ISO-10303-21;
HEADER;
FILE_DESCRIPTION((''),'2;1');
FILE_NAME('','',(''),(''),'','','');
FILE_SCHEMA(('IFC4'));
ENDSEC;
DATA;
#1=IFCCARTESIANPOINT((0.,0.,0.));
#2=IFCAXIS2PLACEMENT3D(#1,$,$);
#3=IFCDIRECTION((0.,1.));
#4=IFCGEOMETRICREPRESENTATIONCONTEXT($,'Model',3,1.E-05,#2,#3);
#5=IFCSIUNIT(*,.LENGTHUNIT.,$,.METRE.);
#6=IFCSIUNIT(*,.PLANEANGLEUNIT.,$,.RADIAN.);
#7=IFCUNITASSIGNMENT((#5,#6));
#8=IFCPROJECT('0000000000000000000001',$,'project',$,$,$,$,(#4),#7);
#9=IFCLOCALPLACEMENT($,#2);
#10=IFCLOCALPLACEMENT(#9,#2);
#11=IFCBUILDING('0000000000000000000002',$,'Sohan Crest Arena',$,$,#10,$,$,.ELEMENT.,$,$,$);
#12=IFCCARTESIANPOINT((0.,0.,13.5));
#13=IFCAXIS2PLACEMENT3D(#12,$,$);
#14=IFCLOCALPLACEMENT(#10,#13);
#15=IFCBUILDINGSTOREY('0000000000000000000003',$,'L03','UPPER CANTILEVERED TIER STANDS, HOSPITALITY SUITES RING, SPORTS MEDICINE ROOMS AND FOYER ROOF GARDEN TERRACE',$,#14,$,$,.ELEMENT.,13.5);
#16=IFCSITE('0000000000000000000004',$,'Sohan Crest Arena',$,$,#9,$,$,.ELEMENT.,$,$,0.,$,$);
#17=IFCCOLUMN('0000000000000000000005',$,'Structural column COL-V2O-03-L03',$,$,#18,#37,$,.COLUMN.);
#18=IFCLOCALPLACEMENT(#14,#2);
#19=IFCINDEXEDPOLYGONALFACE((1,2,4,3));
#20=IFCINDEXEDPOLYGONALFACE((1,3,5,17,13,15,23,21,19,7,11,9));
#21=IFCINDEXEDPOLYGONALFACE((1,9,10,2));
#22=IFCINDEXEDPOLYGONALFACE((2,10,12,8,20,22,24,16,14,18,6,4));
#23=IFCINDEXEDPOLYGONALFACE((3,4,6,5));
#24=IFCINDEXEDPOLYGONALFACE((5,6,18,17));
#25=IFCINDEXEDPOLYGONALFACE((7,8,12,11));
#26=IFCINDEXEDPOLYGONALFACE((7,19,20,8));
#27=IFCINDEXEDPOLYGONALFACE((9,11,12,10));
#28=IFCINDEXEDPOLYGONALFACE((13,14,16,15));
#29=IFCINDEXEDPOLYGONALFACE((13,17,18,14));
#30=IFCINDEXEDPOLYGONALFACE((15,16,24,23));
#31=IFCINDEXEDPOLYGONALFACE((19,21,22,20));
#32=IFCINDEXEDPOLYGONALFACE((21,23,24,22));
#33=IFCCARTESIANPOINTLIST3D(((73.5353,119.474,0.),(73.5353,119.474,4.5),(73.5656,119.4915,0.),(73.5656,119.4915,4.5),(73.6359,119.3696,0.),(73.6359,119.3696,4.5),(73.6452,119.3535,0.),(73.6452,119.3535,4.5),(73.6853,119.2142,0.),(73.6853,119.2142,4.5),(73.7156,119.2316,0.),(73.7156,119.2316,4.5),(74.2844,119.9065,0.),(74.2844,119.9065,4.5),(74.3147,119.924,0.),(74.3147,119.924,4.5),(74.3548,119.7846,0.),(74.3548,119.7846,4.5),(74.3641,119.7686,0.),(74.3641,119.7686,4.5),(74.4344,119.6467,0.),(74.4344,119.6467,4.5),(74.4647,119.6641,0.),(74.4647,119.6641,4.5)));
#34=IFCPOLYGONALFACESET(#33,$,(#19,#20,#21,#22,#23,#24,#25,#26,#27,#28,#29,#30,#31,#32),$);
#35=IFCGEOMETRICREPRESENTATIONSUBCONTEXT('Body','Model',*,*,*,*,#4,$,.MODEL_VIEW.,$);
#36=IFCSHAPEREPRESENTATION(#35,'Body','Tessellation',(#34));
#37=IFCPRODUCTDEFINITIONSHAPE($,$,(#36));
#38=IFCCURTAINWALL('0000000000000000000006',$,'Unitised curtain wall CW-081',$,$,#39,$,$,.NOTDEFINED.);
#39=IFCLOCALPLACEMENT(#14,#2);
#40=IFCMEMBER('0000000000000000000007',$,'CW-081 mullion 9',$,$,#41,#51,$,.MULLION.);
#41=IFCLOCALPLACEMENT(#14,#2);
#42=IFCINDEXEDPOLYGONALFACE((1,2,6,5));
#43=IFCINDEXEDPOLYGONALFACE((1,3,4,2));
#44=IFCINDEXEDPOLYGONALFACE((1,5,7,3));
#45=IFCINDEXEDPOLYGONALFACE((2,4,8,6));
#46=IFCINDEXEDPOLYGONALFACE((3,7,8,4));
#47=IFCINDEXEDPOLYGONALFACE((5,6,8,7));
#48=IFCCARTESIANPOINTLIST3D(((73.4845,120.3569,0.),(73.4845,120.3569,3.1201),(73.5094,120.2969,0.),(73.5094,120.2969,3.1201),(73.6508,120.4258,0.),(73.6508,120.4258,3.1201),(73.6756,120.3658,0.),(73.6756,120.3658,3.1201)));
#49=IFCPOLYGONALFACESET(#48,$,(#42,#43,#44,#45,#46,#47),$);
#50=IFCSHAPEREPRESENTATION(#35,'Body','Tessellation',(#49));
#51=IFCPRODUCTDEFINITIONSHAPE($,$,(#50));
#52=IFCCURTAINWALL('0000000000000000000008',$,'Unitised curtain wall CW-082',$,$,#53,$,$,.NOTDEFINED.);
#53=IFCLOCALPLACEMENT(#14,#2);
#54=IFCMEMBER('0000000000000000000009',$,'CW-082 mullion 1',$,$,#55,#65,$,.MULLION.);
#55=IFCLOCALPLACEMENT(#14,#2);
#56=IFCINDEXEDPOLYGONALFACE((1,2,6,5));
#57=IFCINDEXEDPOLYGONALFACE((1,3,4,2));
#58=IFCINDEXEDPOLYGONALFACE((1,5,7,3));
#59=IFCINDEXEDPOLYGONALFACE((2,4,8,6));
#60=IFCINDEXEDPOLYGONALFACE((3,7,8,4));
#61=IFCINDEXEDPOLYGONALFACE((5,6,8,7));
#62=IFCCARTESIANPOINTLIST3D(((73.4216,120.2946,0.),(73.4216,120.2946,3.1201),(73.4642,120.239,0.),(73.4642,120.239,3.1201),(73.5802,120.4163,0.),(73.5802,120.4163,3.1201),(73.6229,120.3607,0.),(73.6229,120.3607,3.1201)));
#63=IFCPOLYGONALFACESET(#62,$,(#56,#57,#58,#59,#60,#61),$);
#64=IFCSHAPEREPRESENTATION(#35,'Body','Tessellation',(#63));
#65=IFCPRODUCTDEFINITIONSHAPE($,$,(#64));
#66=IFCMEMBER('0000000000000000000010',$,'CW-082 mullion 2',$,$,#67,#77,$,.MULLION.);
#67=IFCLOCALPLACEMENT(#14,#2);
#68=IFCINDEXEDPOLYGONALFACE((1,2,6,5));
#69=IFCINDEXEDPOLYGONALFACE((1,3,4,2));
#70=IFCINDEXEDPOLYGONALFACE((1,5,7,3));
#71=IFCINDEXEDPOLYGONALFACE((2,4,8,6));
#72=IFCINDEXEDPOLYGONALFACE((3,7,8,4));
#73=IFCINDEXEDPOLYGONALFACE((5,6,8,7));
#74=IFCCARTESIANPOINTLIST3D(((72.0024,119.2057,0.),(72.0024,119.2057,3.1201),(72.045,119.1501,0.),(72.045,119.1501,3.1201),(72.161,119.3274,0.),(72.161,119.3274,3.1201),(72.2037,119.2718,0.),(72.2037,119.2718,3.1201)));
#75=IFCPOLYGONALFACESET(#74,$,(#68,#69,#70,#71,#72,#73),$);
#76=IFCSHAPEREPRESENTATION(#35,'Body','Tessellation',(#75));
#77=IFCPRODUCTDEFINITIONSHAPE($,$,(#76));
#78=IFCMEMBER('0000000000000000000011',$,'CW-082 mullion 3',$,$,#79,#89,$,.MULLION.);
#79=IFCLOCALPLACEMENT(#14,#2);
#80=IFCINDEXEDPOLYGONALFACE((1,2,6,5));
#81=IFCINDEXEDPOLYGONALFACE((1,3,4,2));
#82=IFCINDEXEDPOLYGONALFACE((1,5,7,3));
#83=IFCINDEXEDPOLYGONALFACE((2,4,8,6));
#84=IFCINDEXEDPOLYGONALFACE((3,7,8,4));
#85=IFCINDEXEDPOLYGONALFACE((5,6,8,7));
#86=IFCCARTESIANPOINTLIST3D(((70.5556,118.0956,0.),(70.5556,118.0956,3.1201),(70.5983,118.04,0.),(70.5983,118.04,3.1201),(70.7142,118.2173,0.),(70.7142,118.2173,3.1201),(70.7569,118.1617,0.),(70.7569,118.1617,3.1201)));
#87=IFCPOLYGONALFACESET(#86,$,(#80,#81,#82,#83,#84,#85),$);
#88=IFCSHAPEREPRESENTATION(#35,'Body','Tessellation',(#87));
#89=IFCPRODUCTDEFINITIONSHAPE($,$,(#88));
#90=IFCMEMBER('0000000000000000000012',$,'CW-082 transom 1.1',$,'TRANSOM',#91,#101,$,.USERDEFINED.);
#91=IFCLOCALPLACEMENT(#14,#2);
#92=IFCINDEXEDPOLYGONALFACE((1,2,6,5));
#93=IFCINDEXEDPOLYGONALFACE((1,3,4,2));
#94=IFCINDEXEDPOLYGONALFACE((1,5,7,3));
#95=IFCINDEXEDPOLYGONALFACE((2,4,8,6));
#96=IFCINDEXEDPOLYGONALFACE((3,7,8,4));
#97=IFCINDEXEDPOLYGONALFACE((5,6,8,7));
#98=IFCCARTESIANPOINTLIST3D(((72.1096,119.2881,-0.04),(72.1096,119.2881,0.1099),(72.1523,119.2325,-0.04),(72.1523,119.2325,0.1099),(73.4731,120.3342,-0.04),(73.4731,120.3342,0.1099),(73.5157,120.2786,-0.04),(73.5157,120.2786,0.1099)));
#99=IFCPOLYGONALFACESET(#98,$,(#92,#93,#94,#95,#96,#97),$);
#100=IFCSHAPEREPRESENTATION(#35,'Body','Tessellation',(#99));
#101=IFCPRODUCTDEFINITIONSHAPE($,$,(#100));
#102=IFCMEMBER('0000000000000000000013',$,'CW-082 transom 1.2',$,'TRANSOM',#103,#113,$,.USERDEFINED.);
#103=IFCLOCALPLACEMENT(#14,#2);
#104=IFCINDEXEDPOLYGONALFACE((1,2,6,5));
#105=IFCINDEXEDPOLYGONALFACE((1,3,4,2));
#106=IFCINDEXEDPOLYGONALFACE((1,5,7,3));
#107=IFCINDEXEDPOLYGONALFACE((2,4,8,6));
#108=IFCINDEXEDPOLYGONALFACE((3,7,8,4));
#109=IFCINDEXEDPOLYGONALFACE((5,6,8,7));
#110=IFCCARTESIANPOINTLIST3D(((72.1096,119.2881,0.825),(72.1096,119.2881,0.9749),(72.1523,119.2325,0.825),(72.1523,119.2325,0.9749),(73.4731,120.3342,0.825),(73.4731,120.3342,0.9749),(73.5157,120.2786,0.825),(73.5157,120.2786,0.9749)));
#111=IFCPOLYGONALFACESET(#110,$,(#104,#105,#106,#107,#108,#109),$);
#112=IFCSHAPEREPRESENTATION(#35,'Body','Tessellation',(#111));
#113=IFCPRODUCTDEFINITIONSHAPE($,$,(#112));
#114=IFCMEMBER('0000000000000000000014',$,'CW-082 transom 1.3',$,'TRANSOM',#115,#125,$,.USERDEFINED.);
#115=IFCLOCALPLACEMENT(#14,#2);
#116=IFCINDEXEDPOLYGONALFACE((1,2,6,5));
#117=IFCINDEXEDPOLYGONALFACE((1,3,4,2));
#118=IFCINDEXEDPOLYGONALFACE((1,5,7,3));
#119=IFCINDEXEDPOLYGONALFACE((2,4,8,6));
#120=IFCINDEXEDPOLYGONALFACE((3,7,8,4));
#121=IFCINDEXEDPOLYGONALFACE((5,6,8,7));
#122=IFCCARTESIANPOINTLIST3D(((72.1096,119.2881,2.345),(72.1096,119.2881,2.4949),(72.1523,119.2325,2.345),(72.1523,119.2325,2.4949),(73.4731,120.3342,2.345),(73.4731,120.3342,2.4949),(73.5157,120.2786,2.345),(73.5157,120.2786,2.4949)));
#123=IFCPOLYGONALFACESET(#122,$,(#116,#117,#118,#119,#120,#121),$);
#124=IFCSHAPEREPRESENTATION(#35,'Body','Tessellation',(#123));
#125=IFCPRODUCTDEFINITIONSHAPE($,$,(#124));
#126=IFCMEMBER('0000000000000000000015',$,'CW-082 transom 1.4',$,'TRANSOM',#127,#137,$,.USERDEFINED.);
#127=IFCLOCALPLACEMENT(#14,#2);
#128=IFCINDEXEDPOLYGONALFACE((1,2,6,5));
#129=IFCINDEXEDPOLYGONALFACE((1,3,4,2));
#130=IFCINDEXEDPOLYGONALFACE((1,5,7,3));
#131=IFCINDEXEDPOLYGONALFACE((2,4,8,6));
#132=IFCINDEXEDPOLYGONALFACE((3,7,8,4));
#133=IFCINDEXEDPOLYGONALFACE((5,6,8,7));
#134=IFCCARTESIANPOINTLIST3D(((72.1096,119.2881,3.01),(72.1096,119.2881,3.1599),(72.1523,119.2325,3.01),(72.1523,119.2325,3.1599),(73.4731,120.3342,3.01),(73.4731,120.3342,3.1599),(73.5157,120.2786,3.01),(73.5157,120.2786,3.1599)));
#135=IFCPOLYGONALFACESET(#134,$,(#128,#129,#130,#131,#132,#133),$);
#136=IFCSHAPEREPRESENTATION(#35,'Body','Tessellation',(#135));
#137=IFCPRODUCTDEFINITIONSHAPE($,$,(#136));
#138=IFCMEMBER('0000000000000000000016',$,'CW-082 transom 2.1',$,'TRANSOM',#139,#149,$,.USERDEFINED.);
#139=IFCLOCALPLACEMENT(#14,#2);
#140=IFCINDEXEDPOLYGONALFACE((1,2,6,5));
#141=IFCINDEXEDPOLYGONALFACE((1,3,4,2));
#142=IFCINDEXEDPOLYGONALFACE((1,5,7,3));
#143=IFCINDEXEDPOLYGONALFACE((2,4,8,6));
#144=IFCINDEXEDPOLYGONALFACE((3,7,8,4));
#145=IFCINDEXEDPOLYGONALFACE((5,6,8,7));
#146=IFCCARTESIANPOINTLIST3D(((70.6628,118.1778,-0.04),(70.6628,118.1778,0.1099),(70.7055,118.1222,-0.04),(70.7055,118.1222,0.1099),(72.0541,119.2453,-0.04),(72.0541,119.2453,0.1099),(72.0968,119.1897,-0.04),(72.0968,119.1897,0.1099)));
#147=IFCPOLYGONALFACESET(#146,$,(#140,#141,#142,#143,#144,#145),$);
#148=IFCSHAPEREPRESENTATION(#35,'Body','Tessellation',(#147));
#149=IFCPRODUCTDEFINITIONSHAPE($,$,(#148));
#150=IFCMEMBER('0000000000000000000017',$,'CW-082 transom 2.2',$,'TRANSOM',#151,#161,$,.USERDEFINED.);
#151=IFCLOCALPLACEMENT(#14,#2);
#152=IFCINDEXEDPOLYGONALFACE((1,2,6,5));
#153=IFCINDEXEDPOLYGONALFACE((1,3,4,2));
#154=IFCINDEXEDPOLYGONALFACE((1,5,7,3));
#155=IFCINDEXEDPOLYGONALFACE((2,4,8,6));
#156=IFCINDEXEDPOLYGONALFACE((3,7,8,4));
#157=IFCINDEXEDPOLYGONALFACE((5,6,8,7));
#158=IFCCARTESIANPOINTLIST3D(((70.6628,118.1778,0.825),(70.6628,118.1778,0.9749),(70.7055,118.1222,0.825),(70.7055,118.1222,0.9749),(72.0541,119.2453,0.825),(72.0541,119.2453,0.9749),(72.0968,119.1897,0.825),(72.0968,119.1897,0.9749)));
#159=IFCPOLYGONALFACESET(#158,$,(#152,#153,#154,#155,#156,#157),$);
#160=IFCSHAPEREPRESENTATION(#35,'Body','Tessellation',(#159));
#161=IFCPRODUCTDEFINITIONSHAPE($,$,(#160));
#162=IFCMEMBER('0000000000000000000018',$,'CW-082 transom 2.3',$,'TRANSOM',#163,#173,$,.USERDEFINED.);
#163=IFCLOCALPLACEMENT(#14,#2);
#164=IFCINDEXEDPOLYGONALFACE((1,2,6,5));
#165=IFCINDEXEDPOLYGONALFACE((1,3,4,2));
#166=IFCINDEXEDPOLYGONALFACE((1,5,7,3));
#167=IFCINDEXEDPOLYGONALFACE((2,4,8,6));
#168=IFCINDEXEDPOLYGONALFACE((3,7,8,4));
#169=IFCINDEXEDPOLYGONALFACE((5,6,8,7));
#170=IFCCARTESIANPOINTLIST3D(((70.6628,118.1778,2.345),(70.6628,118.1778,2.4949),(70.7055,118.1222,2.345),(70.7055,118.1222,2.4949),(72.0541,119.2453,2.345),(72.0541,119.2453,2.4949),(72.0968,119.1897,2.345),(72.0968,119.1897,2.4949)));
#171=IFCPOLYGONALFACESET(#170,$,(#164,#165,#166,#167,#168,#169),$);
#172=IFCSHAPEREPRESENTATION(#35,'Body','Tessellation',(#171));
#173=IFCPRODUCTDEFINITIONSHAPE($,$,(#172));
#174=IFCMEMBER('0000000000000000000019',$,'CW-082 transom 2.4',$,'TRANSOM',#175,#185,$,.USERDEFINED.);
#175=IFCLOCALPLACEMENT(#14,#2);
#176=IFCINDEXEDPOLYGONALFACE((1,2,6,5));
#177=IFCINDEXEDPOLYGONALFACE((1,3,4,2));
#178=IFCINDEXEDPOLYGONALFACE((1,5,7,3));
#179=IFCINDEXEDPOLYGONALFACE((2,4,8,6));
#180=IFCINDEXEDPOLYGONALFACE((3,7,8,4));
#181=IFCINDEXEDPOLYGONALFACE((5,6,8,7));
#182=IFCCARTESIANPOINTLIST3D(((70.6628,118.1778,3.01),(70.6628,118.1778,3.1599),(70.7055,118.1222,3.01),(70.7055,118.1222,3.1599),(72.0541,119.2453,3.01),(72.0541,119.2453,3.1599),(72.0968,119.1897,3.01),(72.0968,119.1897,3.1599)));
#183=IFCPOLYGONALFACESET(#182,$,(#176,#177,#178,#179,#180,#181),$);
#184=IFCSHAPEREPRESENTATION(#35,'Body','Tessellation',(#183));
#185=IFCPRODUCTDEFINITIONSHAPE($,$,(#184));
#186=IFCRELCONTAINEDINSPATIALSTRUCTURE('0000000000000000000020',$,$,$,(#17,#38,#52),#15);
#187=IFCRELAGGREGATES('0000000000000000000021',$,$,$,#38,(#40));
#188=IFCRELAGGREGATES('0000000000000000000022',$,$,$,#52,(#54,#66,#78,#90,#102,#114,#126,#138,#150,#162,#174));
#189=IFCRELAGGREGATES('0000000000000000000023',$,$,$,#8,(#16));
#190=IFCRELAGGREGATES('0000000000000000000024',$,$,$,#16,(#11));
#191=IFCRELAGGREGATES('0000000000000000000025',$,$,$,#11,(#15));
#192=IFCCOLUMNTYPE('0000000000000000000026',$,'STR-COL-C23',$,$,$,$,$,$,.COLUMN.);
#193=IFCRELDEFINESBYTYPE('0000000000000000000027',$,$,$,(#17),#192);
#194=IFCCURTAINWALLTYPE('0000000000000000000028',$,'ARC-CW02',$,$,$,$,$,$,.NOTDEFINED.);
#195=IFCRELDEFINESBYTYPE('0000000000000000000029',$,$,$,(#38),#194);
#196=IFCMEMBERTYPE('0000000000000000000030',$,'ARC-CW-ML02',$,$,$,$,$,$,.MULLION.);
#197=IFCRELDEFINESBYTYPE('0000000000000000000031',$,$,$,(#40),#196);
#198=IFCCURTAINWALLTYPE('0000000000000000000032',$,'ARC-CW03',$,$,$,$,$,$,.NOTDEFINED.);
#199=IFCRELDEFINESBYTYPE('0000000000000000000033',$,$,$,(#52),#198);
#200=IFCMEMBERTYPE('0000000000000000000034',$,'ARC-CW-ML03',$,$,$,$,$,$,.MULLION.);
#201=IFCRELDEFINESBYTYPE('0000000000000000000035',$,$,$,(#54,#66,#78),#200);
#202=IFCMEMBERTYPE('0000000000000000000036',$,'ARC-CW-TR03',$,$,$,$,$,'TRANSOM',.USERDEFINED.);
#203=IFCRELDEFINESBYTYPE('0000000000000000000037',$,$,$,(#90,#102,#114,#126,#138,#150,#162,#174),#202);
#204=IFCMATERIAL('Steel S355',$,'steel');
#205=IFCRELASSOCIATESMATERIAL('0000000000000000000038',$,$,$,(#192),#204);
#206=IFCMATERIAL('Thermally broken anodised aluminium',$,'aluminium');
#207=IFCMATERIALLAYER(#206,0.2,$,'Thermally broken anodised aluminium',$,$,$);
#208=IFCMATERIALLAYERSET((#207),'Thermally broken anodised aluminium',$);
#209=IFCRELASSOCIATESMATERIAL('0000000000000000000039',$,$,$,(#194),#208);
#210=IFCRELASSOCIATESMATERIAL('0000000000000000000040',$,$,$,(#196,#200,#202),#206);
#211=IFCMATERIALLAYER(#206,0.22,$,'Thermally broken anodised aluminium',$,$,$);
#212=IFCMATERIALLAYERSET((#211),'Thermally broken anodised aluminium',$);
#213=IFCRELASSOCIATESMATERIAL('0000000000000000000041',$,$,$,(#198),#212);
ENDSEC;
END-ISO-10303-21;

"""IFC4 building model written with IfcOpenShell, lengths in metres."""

from ifc_helpers import new_model, si_unit, direction, frame, origin, origin_2d, place, context, subcontext, project, spatial, rectangle, i_section, extrude, material, layer, layer_set, material_profile, profile_set, type_object, element, aggregate, save


model = new_model("IFC4")

# Units and contexts
model_context = context("Model", 3, precision=1e-05, world=origin(), true_north=direction((0.0, 1.0)))
body_context = subcontext(model_context, "Body", "Model", "MODEL_VIEW")
ifc_project = project(units=[si_unit("LENGTHUNIT", "METRE"), si_unit("PLANEANGLEUNIT", "RADIAN")], contexts=[model_context])

# Site, building, storey
site_placement = place(None, origin())
site = spatial("IfcSite", under=ifc_project, at=site_placement, Name="Sohan Crest Arena", CompositionType="ELEMENT", RefElevation=0.0)
building_placement = place(site_placement, origin())
building = spatial("IfcBuilding", under=site, at=building_placement, Name="Sohan Crest Arena", CompositionType="ELEMENT")
storey_placement = place(building_placement, frame((0.0, 0.0, 13.5)))
storey = spatial("IfcBuildingStorey", under=building, at=storey_placement, Name="L03", Description="UPPER CANTILEVERED TIER STANDS, HOSPITALITY SUITES RING, SPORTS MEDICINE ROOMS AND FOYER ROOF GARDEN TERRACE", CompositionType="ELEMENT", Elevation=13.5)

# Column
ifc_material_1 = material(Name="Steel S355", Category="steel")
ifc_material_profile_1 = material_profile(ifc_material_1, i_section(OverallWidth=0.3, OverallDepth=0.8999, WebThickness=0.0186, FlangeThickness=0.0349, at=origin_2d()), Name="HEB 900")
ifc_profile_set_1 = profile_set([ifc_material_profile_1], Name="Steel S355")
column_type = type_object("IfcColumnType", Name="STR-COL-C23", PredefinedType="COLUMN", material=ifc_profile_set_1)
column_placement = place(storey_placement, frame((74.0, 119.5691, 0.0), z_axis=(0.0, 0.0, 1.0), x_axis=(-0.5, 0.866025, 0.0)))
element("IfcColumn", 1, at=column_placement, inside=storey, type_object=column_type, Name="Structural column COL-V2O-03-L03", PredefinedType="COLUMN", context=body_context, shape_type="SweptSolid", body=[
    extrude(i_section(OverallWidth=0.3, OverallDepth=0.8999, WebThickness=0.0186, FlangeThickness=0.0349, at=origin_2d()), origin(), (0.0, 0.0, 1.0), 4.5),
])

# Curtain wall, member
ifc_material_2 = material(Name="Thermally broken anodised aluminium", Category="aluminium")
ifc_layer_1 = layer(ifc_material_2, 0.2, Name="Thermally broken anodised aluminium")
ifc_layer_set_1 = layer_set([ifc_layer_1], Name="Thermally broken anodised aluminium")
curtain_wall_type_1 = type_object("IfcCurtainWallType", Name="ARC-CW02", PredefinedType="NOTDEFINED", material=ifc_layer_set_1)
curtain_wall_1_placement = place(storey_placement, origin())
curtain_wall_1 = element("IfcCurtainWall", 2, at=curtain_wall_1_placement, inside=storey, type_object=curtain_wall_type_1, Name="Unitised curtain wall CW-081", PredefinedType="NOTDEFINED")
ifc_material_profile_2 = material_profile(ifc_material_2, rectangle(XDim=0.0649, YDim=0.1799, at=origin_2d()), Name="ALU-MULL 65x180")
ifc_profile_set_2 = profile_set([ifc_material_profile_2], Name="Thermally broken anodised aluminium")
member_type_1 = type_object("IfcMemberType", Name="ARC-CW-ML02", PredefinedType="MULLION", material=ifc_profile_set_2)
member_1_placement = place(storey_placement, frame((73.5801, 120.3613, 0.0), z_axis=(0.0, 0.0, 1.0), x_axis=(0.382668, -0.923886, 0.0)))
member_1 = element("IfcMember", 3, at=member_1_placement, type_object=member_type_1, Name="CW-081 mullion 9", PredefinedType="MULLION", context=body_context, shape_type="SweptSolid", body=[
    extrude(rectangle(XDim=0.0649, YDim=0.1799, at=origin_2d()), origin(), (0.0, 0.0, 1.0), 3.1201),
])

# Curtain wall, members
ifc_layer_2 = layer(ifc_material_2, 0.22, Name="Thermally broken anodised aluminium")
ifc_layer_set_2 = layer_set([ifc_layer_2], Name="Thermally broken anodised aluminium")
curtain_wall_type_2 = type_object("IfcCurtainWallType", Name="ARC-CW03", PredefinedType="NOTDEFINED", material=ifc_layer_set_2)
curtain_wall_2_placement = place(storey_placement, origin())
curtain_wall_2 = element("IfcCurtainWall", 4, at=curtain_wall_2_placement, inside=storey, type_object=curtain_wall_type_2, Name="Unitised curtain wall CW-082", PredefinedType="NOTDEFINED")
ifc_material_profile_3 = material_profile(ifc_material_2, rectangle(XDim=0.0701, YDim=0.2, at=origin_2d()), Name="ALU-MULL 70x200")
ifc_profile_set_3 = profile_set([ifc_material_profile_3], Name="Thermally broken anodised aluminium")
member_type_2 = type_object("IfcMemberType", Name="ARC-CW-ML03", PredefinedType="MULLION", material=ifc_profile_set_3)
member_2_placement = place(storey_placement, frame((73.5222, 120.3276, 0.0), z_axis=(0.0, 0.0, 1.0), x_axis=(0.608737, -0.793372, 0.0)))
member_2 = element("IfcMember", 5, at=member_2_placement, type_object=member_type_2, Name="CW-082 mullion 1", PredefinedType="MULLION", context=body_context, shape_type="SweptSolid", body=[
    extrude(rectangle(XDim=0.0701, YDim=0.2, at=origin_2d()), origin(), (0.0, 0.0, 1.0), 3.1201),
])
member_3_placement = place(storey_placement, frame((72.103, 119.2388, 0.0), z_axis=(0.0, 0.0, 1.0), x_axis=(0.608737, -0.793372, 0.0)))
member_3 = element("IfcMember", 6, at=member_3_placement, type_object=member_type_2, Name="CW-082 mullion 2", PredefinedType="MULLION", context=body_context, shape_type="SweptSolid", body=[
    extrude(rectangle(XDim=0.0701, YDim=0.2, at=origin_2d()), origin(), (0.0, 0.0, 1.0), 3.1201),
])
member_4_placement = place(storey_placement, frame((70.6562, 118.1287, 0.0), z_axis=(0.0, 0.0, 1.0), x_axis=(0.608737, -0.793372, 0.0)))
member_4 = element("IfcMember", 7, at=member_4_placement, type_object=member_type_2, Name="CW-082 mullion 3", PredefinedType="MULLION", context=body_context, shape_type="SweptSolid", body=[
    extrude(rectangle(XDim=0.0701, YDim=0.2, at=origin_2d()), origin(), (0.0, 0.0, 1.0), 3.1201),
])
ifc_material_profile_4 = material_profile(ifc_material_2, rectangle(XDim=0.0701, YDim=0.1499, at=origin_2d()), Name="ALU-TRAN 70x150")
ifc_profile_set_4 = profile_set([ifc_material_profile_4], Name="Thermally broken anodised aluminium")
member_type_3 = type_object("IfcMemberType", Name="ARC-CW-TR03", ElementType="TRANSOM", PredefinedType="USERDEFINED", material=ifc_profile_set_4)
member_5_placement = place(storey_placement, frame((73.4944, 120.3064, 0.0349), z_axis=(-0.793389, -0.608715, 0.0), x_axis=(0.608715, -0.793389, 0.0)))
member_5 = element("IfcMember", 8, at=member_5_placement, type_object=member_type_3, Name="CW-082 transom 1.1", ObjectType="TRANSOM", PredefinedType="USERDEFINED", context=body_context, shape_type="SweptSolid", body=[
    extrude(rectangle(XDim=0.0701, YDim=0.1499, at=origin_2d()), origin(), (0.0, 0.0, 1.0), 1.7185),
])
member_6_placement = place(storey_placement, frame((73.4944, 120.3064, 0.8999), z_axis=(-0.793389, -0.608715, 0.0), x_axis=(0.608715, -0.793389, 0.0)))
member_6 = element("IfcMember", 9, at=member_6_placement, type_object=member_type_3, Name="CW-082 transom 1.2", ObjectType="TRANSOM", PredefinedType="USERDEFINED", context=body_context, shape_type="SweptSolid", body=[
    extrude(rectangle(XDim=0.0701, YDim=0.1499, at=origin_2d()), origin(), (0.0, 0.0, 1.0), 1.7185),
])
member_7_placement = place(storey_placement, frame((73.4944, 120.3064, 2.4199), z_axis=(-0.793389, -0.608715, 0.0), x_axis=(0.608715, -0.793389, 0.0)))
member_7 = element("IfcMember", 10, at=member_7_placement, type_object=member_type_3, Name="CW-082 transom 1.3", ObjectType="TRANSOM", PredefinedType="USERDEFINED", context=body_context, shape_type="SweptSolid", body=[
    extrude(rectangle(XDim=0.0701, YDim=0.1499, at=origin_2d()), origin(), (0.0, 0.0, 1.0), 1.7185),
])
member_8_placement = place(storey_placement, frame((73.4944, 120.3064, 3.085), z_axis=(-0.793389, -0.608715, 0.0), x_axis=(0.608715, -0.793389, 0.0)))
member_8 = element("IfcMember", 11, at=member_8_placement, type_object=member_type_3, Name="CW-082 transom 1.4", ObjectType="TRANSOM", PredefinedType="USERDEFINED", context=body_context, shape_type="SweptSolid", body=[
    extrude(rectangle(XDim=0.0701, YDim=0.1499, at=origin_2d()), origin(), (0.0, 0.0, 1.0), 1.7185),
])
member_9_placement = place(storey_placement, frame((72.0754, 119.2175, 0.0349), z_axis=(-0.793353, -0.608762, 0.0), x_axis=(0.608762, -0.793353, 0.0)))
member_9 = element("IfcMember", 12, at=member_9_placement, type_object=member_type_3, Name="CW-082 transom 2.1", ObjectType="TRANSOM", PredefinedType="USERDEFINED", context=body_context, shape_type="SweptSolid", body=[
    extrude(rectangle(XDim=0.0701, YDim=0.1499, at=origin_2d()), origin(), (0.0, 0.0, 1.0), 1.7537),
])
member_10_placement = place(storey_placement, frame((72.0754, 119.2175, 0.8999), z_axis=(-0.793353, -0.608762, 0.0), x_axis=(0.608762, -0.793353, 0.0)))
member_10 = element("IfcMember", 13, at=member_10_placement, type_object=member_type_3, Name="CW-082 transom 2.2", ObjectType="TRANSOM", PredefinedType="USERDEFINED", context=body_context, shape_type="SweptSolid", body=[
    extrude(rectangle(XDim=0.0701, YDim=0.1499, at=origin_2d()), origin(), (0.0, 0.0, 1.0), 1.7537),
])
member_11_placement = place(storey_placement, frame((72.0754, 119.2175, 2.4199), z_axis=(-0.793353, -0.608762, 0.0), x_axis=(0.608762, -0.793353, 0.0)))
member_11 = element("IfcMember", 14, at=member_11_placement, type_object=member_type_3, Name="CW-082 transom 2.3", ObjectType="TRANSOM", PredefinedType="USERDEFINED", context=body_context, shape_type="SweptSolid", body=[
    extrude(rectangle(XDim=0.0701, YDim=0.1499, at=origin_2d()), origin(), (0.0, 0.0, 1.0), 1.7537),
])
member_12_placement = place(storey_placement, frame((72.0754, 119.2175, 3.085), z_axis=(-0.793353, -0.608762, 0.0), x_axis=(0.608762, -0.793353, 0.0)))
member_12 = element("IfcMember", 15, at=member_12_placement, type_object=member_type_3, Name="CW-082 transom 2.4", ObjectType="TRANSOM", PredefinedType="USERDEFINED", context=body_context, shape_type="SweptSolid", body=[
    extrude(rectangle(XDim=0.0701, YDim=0.1499, at=origin_2d()), origin(), (0.0, 0.0, 1.0), 1.7537),
])

aggregate(curtain_wall_1, [member_1])
aggregate(curtain_wall_2, [member_2, member_3, member_4, member_5, member_6, member_7, member_8, member_9, member_10, member_11, member_12])

save(model, "model.ifc")
